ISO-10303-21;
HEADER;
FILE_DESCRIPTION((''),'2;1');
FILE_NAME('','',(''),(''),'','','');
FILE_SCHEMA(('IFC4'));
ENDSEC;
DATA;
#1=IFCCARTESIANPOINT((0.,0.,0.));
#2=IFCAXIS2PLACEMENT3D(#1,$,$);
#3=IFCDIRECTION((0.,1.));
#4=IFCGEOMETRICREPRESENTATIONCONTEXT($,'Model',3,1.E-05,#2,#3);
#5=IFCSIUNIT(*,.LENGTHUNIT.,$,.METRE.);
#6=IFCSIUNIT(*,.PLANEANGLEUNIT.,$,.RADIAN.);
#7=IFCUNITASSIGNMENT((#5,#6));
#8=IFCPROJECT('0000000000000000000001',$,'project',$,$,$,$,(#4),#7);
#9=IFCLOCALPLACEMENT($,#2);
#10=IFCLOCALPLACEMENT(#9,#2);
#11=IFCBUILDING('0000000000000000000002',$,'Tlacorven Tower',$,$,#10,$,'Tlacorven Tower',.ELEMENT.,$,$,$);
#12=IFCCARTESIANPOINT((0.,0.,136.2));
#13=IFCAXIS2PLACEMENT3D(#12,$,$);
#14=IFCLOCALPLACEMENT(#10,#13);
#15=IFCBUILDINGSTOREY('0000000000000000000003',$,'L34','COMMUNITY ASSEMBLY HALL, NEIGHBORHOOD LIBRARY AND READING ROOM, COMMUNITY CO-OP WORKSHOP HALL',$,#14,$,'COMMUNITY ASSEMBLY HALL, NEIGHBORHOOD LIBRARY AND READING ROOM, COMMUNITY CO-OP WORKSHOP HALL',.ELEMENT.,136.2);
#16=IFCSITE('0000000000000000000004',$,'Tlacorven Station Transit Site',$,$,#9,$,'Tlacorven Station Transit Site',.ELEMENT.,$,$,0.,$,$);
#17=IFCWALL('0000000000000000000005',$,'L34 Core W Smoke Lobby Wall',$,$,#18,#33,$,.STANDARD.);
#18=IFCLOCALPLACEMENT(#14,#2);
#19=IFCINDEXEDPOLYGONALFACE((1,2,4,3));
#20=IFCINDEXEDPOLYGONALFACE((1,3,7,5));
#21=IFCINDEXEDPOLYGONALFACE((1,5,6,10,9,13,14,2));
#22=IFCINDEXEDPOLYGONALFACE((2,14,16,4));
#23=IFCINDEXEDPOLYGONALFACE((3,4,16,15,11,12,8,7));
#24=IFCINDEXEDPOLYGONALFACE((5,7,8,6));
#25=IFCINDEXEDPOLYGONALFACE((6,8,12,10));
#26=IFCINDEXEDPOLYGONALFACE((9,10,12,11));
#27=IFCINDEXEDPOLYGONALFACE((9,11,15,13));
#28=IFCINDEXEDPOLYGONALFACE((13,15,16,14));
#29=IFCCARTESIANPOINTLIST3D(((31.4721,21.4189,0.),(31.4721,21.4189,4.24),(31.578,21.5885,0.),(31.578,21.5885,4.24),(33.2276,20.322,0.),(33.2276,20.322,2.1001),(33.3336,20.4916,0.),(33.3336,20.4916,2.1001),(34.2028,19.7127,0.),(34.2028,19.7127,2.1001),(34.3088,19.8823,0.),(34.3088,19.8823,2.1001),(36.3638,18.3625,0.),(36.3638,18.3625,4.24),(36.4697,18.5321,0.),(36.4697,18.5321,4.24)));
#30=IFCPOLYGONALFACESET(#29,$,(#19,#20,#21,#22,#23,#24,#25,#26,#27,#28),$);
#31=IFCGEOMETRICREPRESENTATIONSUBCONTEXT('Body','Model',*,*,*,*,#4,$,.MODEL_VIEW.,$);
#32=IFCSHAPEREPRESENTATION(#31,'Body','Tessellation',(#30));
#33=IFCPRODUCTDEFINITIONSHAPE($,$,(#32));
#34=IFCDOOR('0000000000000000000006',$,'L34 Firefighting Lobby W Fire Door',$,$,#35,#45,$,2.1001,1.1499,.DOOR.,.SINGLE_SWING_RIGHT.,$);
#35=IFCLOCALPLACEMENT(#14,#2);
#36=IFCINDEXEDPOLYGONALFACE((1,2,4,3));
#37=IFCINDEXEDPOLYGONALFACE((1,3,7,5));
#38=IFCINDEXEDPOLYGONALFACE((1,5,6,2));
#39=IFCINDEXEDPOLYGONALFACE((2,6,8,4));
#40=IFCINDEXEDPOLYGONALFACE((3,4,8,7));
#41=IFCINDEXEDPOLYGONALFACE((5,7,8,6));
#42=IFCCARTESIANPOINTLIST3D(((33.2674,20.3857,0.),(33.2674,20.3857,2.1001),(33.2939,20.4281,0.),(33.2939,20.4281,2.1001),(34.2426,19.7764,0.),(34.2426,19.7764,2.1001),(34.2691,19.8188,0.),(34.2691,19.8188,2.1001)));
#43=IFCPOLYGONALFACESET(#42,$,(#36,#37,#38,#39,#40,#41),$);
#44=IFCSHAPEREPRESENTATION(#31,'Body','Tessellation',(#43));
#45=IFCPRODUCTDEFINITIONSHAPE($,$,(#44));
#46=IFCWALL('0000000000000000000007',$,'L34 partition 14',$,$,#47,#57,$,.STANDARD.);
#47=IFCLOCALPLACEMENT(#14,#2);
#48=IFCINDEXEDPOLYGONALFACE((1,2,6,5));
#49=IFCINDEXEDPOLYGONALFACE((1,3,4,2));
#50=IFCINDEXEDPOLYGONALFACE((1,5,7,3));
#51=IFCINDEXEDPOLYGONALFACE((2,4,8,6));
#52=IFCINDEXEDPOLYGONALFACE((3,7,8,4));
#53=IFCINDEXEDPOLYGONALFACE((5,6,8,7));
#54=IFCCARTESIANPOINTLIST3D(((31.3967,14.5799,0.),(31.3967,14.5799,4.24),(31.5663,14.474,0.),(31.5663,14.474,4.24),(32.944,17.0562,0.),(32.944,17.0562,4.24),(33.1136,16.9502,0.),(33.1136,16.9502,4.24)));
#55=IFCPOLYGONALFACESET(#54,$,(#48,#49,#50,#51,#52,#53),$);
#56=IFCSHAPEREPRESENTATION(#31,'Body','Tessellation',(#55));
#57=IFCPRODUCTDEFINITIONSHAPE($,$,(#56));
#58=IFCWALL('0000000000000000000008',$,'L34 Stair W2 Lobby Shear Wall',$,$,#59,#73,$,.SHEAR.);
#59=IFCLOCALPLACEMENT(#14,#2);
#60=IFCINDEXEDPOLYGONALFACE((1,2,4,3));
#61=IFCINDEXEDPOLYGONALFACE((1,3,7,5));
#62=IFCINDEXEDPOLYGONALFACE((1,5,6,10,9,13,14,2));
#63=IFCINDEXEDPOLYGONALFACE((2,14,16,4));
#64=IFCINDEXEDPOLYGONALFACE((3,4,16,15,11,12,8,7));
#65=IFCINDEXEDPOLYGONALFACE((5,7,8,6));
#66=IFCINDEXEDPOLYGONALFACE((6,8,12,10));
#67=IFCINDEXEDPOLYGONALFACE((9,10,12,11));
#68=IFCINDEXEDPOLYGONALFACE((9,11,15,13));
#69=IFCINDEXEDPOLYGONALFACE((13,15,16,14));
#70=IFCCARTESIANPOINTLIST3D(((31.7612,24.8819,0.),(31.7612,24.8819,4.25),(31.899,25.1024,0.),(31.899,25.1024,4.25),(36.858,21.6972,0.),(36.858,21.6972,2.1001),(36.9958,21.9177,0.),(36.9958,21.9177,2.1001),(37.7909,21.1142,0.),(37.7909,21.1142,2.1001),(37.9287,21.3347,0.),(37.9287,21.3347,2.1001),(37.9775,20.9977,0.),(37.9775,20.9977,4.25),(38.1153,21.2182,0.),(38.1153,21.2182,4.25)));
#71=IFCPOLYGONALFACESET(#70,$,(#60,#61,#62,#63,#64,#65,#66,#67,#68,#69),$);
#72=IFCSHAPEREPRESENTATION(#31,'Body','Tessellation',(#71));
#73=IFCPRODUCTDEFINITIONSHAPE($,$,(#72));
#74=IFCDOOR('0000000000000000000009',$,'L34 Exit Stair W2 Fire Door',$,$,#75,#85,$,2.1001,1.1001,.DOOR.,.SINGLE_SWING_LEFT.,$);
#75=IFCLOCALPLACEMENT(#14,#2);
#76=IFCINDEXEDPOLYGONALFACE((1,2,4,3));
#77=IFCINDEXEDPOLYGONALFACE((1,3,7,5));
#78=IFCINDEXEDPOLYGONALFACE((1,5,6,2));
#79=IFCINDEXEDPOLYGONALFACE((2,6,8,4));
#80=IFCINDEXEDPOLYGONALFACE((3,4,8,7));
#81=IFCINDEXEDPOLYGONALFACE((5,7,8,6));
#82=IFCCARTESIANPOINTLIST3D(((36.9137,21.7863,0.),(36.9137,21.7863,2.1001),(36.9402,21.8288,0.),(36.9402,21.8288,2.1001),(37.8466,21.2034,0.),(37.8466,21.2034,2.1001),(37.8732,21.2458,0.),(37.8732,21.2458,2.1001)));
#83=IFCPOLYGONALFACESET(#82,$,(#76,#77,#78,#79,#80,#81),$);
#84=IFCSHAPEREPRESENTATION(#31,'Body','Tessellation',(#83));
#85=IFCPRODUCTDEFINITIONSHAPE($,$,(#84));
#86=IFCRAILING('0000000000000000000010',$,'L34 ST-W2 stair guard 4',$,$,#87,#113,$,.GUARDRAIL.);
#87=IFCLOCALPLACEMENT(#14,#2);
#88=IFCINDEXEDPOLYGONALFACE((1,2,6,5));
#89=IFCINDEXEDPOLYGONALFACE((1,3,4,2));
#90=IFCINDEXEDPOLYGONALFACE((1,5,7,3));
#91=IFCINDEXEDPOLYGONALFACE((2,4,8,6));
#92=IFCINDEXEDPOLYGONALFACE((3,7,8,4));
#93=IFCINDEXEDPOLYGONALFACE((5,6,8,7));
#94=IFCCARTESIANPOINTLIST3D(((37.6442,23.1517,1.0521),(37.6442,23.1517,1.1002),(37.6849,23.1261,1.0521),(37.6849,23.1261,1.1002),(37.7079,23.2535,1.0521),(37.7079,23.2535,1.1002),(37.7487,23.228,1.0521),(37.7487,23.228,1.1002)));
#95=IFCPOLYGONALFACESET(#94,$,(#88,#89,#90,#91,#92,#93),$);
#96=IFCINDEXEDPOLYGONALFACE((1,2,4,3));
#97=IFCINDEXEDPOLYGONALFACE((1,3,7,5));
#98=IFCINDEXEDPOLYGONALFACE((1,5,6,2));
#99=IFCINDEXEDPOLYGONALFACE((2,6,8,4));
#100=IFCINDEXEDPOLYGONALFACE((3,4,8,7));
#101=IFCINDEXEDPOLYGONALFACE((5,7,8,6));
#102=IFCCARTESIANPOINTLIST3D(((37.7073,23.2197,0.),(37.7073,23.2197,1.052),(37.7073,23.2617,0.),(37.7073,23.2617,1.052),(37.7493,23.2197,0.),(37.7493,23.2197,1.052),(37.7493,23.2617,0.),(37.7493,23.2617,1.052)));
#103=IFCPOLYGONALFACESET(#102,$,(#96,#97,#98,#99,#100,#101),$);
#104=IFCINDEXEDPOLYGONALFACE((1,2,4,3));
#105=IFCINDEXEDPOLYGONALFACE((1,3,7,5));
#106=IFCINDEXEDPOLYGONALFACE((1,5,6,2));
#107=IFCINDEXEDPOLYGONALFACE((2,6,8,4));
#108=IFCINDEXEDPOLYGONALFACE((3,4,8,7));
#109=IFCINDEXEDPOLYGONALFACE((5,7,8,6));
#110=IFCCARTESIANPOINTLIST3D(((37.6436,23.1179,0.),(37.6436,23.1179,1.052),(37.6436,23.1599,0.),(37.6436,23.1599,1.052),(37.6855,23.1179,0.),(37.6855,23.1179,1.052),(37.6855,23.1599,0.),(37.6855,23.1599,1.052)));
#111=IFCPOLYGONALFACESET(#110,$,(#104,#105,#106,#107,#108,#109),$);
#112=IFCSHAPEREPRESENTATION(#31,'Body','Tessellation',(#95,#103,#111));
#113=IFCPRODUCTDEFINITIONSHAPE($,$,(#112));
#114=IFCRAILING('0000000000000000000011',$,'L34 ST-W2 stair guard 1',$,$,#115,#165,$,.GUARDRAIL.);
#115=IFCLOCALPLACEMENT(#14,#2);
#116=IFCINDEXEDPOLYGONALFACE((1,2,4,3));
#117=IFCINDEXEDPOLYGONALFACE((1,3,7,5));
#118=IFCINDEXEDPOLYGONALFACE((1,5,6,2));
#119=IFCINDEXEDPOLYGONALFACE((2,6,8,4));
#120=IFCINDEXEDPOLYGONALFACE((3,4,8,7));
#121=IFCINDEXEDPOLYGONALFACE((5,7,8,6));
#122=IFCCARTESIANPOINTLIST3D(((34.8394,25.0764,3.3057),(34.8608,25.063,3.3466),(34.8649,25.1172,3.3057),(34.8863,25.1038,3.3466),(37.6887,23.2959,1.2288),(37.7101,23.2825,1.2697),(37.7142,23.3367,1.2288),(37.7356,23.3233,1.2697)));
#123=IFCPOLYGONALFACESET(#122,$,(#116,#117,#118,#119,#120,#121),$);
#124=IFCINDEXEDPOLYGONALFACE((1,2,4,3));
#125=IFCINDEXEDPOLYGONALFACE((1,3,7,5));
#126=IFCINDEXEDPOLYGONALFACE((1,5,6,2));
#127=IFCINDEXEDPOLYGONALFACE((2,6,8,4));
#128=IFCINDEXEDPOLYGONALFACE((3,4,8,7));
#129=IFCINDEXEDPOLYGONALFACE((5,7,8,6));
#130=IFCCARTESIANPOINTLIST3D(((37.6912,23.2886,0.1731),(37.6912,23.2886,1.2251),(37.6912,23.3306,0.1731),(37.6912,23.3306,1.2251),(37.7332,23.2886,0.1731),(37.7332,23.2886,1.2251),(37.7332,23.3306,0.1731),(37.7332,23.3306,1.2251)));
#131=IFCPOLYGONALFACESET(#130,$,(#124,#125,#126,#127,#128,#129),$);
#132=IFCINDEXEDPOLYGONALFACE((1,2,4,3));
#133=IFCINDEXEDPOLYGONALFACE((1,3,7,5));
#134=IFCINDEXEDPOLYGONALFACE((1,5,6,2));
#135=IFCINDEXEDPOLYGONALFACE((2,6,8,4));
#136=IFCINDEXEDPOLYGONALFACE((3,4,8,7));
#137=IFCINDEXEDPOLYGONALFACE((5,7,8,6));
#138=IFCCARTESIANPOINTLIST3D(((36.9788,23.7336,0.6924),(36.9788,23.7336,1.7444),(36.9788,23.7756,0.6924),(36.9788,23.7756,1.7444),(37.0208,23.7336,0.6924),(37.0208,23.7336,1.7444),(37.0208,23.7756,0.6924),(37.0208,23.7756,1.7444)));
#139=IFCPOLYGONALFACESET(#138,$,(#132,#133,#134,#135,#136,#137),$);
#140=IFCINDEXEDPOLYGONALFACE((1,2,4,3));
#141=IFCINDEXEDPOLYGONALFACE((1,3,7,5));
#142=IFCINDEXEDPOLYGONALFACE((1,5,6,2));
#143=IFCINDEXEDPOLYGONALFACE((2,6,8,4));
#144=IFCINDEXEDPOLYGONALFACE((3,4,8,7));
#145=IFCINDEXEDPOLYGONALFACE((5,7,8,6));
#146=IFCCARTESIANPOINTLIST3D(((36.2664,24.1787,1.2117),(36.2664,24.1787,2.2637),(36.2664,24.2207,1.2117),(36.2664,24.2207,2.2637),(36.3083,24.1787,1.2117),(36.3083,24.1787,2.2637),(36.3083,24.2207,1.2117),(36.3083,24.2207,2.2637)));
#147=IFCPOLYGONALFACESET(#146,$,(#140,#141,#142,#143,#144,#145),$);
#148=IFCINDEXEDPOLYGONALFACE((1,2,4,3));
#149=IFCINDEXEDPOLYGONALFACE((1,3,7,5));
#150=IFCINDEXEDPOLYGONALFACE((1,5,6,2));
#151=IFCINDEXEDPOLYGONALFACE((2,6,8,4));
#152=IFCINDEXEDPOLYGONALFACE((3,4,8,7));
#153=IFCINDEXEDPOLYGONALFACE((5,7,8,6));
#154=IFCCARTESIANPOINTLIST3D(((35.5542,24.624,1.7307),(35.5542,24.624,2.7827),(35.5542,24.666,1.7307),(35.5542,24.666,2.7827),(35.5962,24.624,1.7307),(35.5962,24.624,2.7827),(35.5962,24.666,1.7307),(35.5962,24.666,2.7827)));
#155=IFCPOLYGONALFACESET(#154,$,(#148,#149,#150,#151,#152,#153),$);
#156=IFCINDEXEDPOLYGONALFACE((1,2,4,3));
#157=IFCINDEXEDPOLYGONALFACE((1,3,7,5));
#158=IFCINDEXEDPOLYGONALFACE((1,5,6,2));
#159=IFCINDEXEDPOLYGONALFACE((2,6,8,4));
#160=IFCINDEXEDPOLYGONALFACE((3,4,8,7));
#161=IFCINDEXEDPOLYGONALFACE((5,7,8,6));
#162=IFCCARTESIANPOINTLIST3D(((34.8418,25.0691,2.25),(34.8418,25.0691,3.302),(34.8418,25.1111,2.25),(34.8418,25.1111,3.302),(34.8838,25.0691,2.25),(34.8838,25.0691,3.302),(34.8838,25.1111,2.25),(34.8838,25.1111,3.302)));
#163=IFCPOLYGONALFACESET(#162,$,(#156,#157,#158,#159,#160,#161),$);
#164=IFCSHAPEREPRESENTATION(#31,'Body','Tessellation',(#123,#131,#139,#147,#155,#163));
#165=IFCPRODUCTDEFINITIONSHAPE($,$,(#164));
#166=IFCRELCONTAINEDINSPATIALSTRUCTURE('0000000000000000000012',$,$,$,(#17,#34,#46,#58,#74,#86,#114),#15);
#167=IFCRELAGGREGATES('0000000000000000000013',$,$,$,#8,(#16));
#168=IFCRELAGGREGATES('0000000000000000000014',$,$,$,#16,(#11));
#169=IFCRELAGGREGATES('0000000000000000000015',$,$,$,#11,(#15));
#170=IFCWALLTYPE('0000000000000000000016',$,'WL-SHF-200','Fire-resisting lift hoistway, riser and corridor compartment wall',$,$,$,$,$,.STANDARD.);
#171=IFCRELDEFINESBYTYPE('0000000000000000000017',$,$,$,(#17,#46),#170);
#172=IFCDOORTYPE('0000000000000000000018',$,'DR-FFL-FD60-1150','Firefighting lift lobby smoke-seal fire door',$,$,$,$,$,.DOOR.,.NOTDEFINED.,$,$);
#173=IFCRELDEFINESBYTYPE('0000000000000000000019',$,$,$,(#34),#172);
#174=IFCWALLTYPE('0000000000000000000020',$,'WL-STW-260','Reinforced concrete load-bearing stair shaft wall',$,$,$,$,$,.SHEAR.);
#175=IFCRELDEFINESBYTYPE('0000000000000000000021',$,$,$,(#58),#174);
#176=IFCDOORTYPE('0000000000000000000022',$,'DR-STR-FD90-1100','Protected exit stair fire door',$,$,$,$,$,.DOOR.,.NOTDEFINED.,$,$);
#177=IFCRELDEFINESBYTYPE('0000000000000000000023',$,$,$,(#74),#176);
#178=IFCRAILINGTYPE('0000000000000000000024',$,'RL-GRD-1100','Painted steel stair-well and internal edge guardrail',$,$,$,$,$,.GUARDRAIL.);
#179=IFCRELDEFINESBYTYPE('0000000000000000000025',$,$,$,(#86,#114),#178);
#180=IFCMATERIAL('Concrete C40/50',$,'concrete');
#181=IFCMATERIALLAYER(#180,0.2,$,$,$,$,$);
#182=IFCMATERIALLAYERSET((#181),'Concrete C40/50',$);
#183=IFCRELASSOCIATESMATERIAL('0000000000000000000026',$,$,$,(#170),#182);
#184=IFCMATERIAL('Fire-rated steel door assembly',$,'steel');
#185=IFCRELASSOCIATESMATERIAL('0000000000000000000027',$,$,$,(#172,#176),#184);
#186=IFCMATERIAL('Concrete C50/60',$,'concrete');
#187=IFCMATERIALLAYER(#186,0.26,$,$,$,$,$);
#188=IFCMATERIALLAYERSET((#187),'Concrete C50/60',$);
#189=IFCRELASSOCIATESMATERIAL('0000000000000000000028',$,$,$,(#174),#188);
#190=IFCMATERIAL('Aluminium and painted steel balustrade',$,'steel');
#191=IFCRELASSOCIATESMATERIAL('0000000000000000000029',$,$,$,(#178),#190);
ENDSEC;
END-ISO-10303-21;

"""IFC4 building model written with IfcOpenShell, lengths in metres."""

from ifc_helpers import new_model, si_unit, direction, frame, frame_2d, origin, origin_2d, place, context, subcontext, project, spatial, rectangle, extrude, source, transform, mapped, material, layer, layer_set, type_object, element, fill, save


model = new_model("IFC4")

# Units and contexts
model_context = context("Model", 3, precision=1e-05, world=origin(), true_north=direction((0.0, 1.0)))
body_context = subcontext(model_context, "Body", "Model", "MODEL_VIEW")
ifc_project = project(units=[si_unit("LENGTHUNIT", "METRE"), si_unit("PLANEANGLEUNIT", "RADIAN")], contexts=[model_context])

# Site, building, storey
site_placement = place(None, origin())
site = spatial("IfcSite", under=ifc_project, at=site_placement, Name="Tlacorven Station Transit Site", LongName="Tlacorven Station Transit Site", CompositionType="ELEMENT", RefElevation=0.0)
building_placement = place(site_placement, origin())
building = spatial("IfcBuilding", under=site, at=building_placement, Name="Tlacorven Tower", LongName="Tlacorven Tower", CompositionType="ELEMENT")
storey_placement = place(building_placement, frame((0.0, 0.0, 136.2)))
storey = spatial("IfcBuildingStorey", under=building, at=storey_placement, Name="L34", Description="COMMUNITY ASSEMBLY HALL, NEIGHBORHOOD LIBRARY AND READING ROOM, COMMUNITY CO-OP WORKSHOP HALL", LongName="COMMUNITY ASSEMBLY HALL, NEIGHBORHOOD LIBRARY AND READING ROOM, COMMUNITY CO-OP WORKSHOP HALL", CompositionType="ELEMENT", Elevation=136.2)

# Shared definitions
ifc_material_1 = material(Name="Fire-rated steel door assembly", Category="steel")
ifc_material_2 = material(Name="Concrete C40/50", Category="concrete")
ifc_layer_1 = layer(ifc_material_2, 0.2)
ifc_layer_set_1 = layer_set([ifc_layer_1], Name="Concrete C40/50")
wall_type_1 = type_object("IfcWallType", Name="WL-SHF-200", Description="Fire-resisting lift hoistway, riser and corridor compartment wall", PredefinedType="STANDARD", material=ifc_layer_set_1)

# Wall, opening, door
wall_1_placement = place(storey_placement, frame((36.4167, 18.4473, 0.0), z_axis=(0.0, 0.0, 1.0), x_axis=(-0.848065, 0.529892, 0.0)))
wall_1 = element("IfcWall", 1, at=wall_1_placement, inside=storey, type_object=wall_type_1, Name="L34 Core W Smoke Lobby Wall", PredefinedType="STANDARD", context=body_context, shape_type="SweptSolid", body=[
    extrude(rectangle(XDim=5.7681, YDim=0.2, at=frame_2d((2.884, 0.0))), origin(), (0.0, 0.0, 1.0), 4.24),
])
opening_1_placement = place(wall_1_placement, frame((2.5481, 0.0, 0.0)))
opening_1 = element("IfcOpeningElement", 2, at=opening_1_placement, cuts=wall_1, PredefinedType="OPENING", context=body_context, shape_type="SweptSolid", body=[
    extrude(rectangle(XDim=1.1499, YDim=2.1001, at=frame_2d((0.575, 1.05))), frame((0.0, 0.1099, 0.0), z_axis=(0.0, -1.0, 0.0), x_axis=(1.0, 0.0, 0.0)), (0.0, 0.0, 1.0), 0.22),
])
door_type_1 = type_object("IfcDoorType", Name="DR-FFL-FD60-1150", Description="Firefighting lift lobby smoke-seal fire door", OperationType="NOTDEFINED", PredefinedType="DOOR", material=ifc_material_1)
shared_shape_1 = source(origin(), body_context, "Body", "SweptSolid", [
    extrude(rectangle(XDim=1.1499, YDim=2.1001, at=frame_2d((0.575, 1.05))), frame((0.0, 0.0249, 0.0), z_axis=(0.0, -1.0, 0.0), x_axis=(1.0, 0.0, 0.0)), (0.0, 0.0, 1.0), 0.05),
])
door_1_placement = place(opening_1_placement, origin())
door_1 = element("IfcDoor", 3, at=door_1_placement, inside=storey, type_object=door_type_1, Name="L34 Firefighting Lobby W Fire Door", OperationType="SINGLE_SWING_RIGHT", OverallHeight=2.1001, OverallWidth=1.1499, PredefinedType="DOOR", context=body_context, shape_type="MappedRepresentation", body=[
    mapped(shared_shape_1, transform((0.0, 0.0, 0.0), scale=1.0)),
])
fill(opening_1, door_1)

# Wall
wall_2_placement = place(storey_placement, frame((33.0288, 17.0032, 0.0), z_axis=(0.0, 0.0, 1.0), x_axis=(-0.529916, -0.84805, 0.0)))
element("IfcWall", 4, at=wall_2_placement, inside=storey, type_object=wall_type_1, Name="L34 partition 14", PredefinedType="STANDARD", context=body_context, shape_type="SweptSolid", body=[
    extrude(rectangle(XDim=2.9199, YDim=0.2, at=frame_2d((1.46, 0.0))), origin(), (0.0, 0.0, 1.0), 4.24),
])

# Wall, opening, door
ifc_material_3 = material(Name="Concrete C50/60", Category="concrete")
ifc_layer_2 = layer(ifc_material_3, 0.26)
ifc_layer_set_2 = layer_set([ifc_layer_2], Name="Concrete C50/60")
wall_type_2 = type_object("IfcWallType", Name="WL-STW-260", Description="Reinforced concrete load-bearing stair shaft wall", PredefinedType="SHEAR", material=ifc_layer_set_2)
wall_3_placement = place(storey_placement, frame((38.0464, 21.1079, 0.0), z_axis=(0.0, 0.0, 1.0), x_axis=(-0.848054, 0.529909, 0.0)))
wall_3 = element("IfcWall", 5, at=wall_3_placement, inside=storey, type_object=wall_type_2, Name="L34 Stair W2 Lobby Shear Wall", PredefinedType="SHEAR", context=body_context, shape_type="SweptSolid", body=[
    extrude(rectangle(XDim=7.3301, YDim=0.26, at=frame_2d((3.665, 0.0))), origin(), (0.0, 0.0, 1.0), 4.25),
])
opening_2_placement = place(wall_3_placement, frame((0.22, 0.0, 0.0)))
opening_2 = element("IfcOpeningElement", 6, at=opening_2_placement, cuts=wall_3, PredefinedType="OPENING", context=body_context, shape_type="SweptSolid", body=[
    extrude(rectangle(XDim=1.1001, YDim=2.1001, at=frame_2d((0.55, 1.05))), frame((0.0, 0.1401, 0.0), z_axis=(0.0, -1.0, 0.0), x_axis=(1.0, 0.0, 0.0)), (0.0, 0.0, 1.0), 0.28),
])
door_type_2 = type_object("IfcDoorType", Name="DR-STR-FD90-1100", Description="Protected exit stair fire door", OperationType="NOTDEFINED", PredefinedType="DOOR", material=ifc_material_1)
shared_shape_2 = source(origin(), body_context, "Body", "SweptSolid", [
    extrude(rectangle(XDim=1.1001, YDim=2.1001, at=frame_2d((0.55, 1.05))), frame((0.0, 0.0249, 0.0), z_axis=(0.0, -1.0, 0.0), x_axis=(1.0, 0.0, 0.0)), (0.0, 0.0, 1.0), 0.05),
])
door_2_placement = place(opening_2_placement, origin())
door_2 = element("IfcDoor", 7, at=door_2_placement, inside=storey, type_object=door_type_2, Name="L34 Exit Stair W2 Fire Door", OperationType="SINGLE_SWING_LEFT", OverallHeight=2.1001, OverallWidth=1.1001, PredefinedType="DOOR", context=body_context, shape_type="MappedRepresentation", body=[
    mapped(shared_shape_2, transform((0.0, 0.0, 0.0), scale=1.0)),
])
fill(opening_2, door_2)

# Railings
ifc_material_4 = material(Name="Aluminium and painted steel balustrade", Category="steel")
railing_type_1 = type_object("IfcRailingType", Name="RL-GRD-1100", Description="Painted steel stair-well and internal edge guardrail", PredefinedType="GUARDRAIL", material=ifc_material_4)
shared_shape_3 = source(origin(), body_context, "Body", "SweptSolid", [
    extrude(rectangle(XDim=0.0481, YDim=0.0481, at=origin_2d()), frame((0.0, 0.0, 1.0762), z_axis=(-0.530547, -0.847656, 0.0), x_axis=(0.847656, -0.530547, 0.0)), (0.0, 0.0, 1.0), 0.1201),
    extrude(rectangle(XDim=0.042, YDim=0.042, at=origin_2d()), origin(), (0.0, 0.0, 1.0), 1.052),
    extrude(rectangle(XDim=0.042, YDim=0.042, at=origin_2d()), frame((-0.0637, -0.1018, 0.0)), (0.0, 0.0, 1.0), 1.052),
])
railing_1_placement = place(storey_placement, frame((37.7283, 23.2407, 0.0)))
element("IfcRailing", 8, at=railing_1_placement, inside=storey, type_object=railing_type_1, Name="L34 ST-W2 stair guard 4", PredefinedType="GUARDRAIL", context=body_context, shape_type="MappedRepresentation", body=[
    mapped(shared_shape_3, transform((0.0, 0.0, 0.0), scale=1.0)),
])
shared_shape_4 = source(origin(), body_context, "Body", "SweptSolid", [
    extrude(rectangle(XDim=0.0481, YDim=0.0481, at=origin_2d()), frame((0.0, 0.0, 1.0762), z_axis=(-0.721355, 0.450762, 0.525796), x_axis=(-0.529927, -0.848043, 0.0)), (0.0, 0.0, 1.0), 3.95),
    extrude(rectangle(XDim=0.042, YDim=0.042, at=origin_2d()), origin(), (0.0, 0.0, 1.0), 1.052),
    extrude(rectangle(XDim=0.042, YDim=0.042, at=origin_2d()), frame((-0.7124, 0.4451, 0.5193)), (0.0, 0.0, 1.0), 1.052),
    extrude(rectangle(XDim=0.042, YDim=0.042, at=origin_2d()), frame((-1.4248, 0.8901, 1.0386)), (0.0, 0.0, 1.0), 1.052),
    extrude(rectangle(XDim=0.042, YDim=0.042, at=origin_2d()), frame((-2.137, 1.3354, 1.5576)), (0.0, 0.0, 1.0), 1.052),
    extrude(rectangle(XDim=0.042, YDim=0.042, at=origin_2d()), frame((-2.8494, 1.7805, 2.0769)), (0.0, 0.0, 1.0), 1.052),
])
railing_2_placement = place(storey_placement, frame((37.7122, 23.3096, 0.1731)))
element("IfcRailing", 9, at=railing_2_placement, inside=storey, type_object=railing_type_1, Name="L34 ST-W2 stair guard 1", PredefinedType="GUARDRAIL", context=body_context, shape_type="MappedRepresentation", body=[
    mapped(shared_shape_4, transform((0.0, 0.0, 0.0), scale=1.0)),
])

save(model, "model.ifc")
